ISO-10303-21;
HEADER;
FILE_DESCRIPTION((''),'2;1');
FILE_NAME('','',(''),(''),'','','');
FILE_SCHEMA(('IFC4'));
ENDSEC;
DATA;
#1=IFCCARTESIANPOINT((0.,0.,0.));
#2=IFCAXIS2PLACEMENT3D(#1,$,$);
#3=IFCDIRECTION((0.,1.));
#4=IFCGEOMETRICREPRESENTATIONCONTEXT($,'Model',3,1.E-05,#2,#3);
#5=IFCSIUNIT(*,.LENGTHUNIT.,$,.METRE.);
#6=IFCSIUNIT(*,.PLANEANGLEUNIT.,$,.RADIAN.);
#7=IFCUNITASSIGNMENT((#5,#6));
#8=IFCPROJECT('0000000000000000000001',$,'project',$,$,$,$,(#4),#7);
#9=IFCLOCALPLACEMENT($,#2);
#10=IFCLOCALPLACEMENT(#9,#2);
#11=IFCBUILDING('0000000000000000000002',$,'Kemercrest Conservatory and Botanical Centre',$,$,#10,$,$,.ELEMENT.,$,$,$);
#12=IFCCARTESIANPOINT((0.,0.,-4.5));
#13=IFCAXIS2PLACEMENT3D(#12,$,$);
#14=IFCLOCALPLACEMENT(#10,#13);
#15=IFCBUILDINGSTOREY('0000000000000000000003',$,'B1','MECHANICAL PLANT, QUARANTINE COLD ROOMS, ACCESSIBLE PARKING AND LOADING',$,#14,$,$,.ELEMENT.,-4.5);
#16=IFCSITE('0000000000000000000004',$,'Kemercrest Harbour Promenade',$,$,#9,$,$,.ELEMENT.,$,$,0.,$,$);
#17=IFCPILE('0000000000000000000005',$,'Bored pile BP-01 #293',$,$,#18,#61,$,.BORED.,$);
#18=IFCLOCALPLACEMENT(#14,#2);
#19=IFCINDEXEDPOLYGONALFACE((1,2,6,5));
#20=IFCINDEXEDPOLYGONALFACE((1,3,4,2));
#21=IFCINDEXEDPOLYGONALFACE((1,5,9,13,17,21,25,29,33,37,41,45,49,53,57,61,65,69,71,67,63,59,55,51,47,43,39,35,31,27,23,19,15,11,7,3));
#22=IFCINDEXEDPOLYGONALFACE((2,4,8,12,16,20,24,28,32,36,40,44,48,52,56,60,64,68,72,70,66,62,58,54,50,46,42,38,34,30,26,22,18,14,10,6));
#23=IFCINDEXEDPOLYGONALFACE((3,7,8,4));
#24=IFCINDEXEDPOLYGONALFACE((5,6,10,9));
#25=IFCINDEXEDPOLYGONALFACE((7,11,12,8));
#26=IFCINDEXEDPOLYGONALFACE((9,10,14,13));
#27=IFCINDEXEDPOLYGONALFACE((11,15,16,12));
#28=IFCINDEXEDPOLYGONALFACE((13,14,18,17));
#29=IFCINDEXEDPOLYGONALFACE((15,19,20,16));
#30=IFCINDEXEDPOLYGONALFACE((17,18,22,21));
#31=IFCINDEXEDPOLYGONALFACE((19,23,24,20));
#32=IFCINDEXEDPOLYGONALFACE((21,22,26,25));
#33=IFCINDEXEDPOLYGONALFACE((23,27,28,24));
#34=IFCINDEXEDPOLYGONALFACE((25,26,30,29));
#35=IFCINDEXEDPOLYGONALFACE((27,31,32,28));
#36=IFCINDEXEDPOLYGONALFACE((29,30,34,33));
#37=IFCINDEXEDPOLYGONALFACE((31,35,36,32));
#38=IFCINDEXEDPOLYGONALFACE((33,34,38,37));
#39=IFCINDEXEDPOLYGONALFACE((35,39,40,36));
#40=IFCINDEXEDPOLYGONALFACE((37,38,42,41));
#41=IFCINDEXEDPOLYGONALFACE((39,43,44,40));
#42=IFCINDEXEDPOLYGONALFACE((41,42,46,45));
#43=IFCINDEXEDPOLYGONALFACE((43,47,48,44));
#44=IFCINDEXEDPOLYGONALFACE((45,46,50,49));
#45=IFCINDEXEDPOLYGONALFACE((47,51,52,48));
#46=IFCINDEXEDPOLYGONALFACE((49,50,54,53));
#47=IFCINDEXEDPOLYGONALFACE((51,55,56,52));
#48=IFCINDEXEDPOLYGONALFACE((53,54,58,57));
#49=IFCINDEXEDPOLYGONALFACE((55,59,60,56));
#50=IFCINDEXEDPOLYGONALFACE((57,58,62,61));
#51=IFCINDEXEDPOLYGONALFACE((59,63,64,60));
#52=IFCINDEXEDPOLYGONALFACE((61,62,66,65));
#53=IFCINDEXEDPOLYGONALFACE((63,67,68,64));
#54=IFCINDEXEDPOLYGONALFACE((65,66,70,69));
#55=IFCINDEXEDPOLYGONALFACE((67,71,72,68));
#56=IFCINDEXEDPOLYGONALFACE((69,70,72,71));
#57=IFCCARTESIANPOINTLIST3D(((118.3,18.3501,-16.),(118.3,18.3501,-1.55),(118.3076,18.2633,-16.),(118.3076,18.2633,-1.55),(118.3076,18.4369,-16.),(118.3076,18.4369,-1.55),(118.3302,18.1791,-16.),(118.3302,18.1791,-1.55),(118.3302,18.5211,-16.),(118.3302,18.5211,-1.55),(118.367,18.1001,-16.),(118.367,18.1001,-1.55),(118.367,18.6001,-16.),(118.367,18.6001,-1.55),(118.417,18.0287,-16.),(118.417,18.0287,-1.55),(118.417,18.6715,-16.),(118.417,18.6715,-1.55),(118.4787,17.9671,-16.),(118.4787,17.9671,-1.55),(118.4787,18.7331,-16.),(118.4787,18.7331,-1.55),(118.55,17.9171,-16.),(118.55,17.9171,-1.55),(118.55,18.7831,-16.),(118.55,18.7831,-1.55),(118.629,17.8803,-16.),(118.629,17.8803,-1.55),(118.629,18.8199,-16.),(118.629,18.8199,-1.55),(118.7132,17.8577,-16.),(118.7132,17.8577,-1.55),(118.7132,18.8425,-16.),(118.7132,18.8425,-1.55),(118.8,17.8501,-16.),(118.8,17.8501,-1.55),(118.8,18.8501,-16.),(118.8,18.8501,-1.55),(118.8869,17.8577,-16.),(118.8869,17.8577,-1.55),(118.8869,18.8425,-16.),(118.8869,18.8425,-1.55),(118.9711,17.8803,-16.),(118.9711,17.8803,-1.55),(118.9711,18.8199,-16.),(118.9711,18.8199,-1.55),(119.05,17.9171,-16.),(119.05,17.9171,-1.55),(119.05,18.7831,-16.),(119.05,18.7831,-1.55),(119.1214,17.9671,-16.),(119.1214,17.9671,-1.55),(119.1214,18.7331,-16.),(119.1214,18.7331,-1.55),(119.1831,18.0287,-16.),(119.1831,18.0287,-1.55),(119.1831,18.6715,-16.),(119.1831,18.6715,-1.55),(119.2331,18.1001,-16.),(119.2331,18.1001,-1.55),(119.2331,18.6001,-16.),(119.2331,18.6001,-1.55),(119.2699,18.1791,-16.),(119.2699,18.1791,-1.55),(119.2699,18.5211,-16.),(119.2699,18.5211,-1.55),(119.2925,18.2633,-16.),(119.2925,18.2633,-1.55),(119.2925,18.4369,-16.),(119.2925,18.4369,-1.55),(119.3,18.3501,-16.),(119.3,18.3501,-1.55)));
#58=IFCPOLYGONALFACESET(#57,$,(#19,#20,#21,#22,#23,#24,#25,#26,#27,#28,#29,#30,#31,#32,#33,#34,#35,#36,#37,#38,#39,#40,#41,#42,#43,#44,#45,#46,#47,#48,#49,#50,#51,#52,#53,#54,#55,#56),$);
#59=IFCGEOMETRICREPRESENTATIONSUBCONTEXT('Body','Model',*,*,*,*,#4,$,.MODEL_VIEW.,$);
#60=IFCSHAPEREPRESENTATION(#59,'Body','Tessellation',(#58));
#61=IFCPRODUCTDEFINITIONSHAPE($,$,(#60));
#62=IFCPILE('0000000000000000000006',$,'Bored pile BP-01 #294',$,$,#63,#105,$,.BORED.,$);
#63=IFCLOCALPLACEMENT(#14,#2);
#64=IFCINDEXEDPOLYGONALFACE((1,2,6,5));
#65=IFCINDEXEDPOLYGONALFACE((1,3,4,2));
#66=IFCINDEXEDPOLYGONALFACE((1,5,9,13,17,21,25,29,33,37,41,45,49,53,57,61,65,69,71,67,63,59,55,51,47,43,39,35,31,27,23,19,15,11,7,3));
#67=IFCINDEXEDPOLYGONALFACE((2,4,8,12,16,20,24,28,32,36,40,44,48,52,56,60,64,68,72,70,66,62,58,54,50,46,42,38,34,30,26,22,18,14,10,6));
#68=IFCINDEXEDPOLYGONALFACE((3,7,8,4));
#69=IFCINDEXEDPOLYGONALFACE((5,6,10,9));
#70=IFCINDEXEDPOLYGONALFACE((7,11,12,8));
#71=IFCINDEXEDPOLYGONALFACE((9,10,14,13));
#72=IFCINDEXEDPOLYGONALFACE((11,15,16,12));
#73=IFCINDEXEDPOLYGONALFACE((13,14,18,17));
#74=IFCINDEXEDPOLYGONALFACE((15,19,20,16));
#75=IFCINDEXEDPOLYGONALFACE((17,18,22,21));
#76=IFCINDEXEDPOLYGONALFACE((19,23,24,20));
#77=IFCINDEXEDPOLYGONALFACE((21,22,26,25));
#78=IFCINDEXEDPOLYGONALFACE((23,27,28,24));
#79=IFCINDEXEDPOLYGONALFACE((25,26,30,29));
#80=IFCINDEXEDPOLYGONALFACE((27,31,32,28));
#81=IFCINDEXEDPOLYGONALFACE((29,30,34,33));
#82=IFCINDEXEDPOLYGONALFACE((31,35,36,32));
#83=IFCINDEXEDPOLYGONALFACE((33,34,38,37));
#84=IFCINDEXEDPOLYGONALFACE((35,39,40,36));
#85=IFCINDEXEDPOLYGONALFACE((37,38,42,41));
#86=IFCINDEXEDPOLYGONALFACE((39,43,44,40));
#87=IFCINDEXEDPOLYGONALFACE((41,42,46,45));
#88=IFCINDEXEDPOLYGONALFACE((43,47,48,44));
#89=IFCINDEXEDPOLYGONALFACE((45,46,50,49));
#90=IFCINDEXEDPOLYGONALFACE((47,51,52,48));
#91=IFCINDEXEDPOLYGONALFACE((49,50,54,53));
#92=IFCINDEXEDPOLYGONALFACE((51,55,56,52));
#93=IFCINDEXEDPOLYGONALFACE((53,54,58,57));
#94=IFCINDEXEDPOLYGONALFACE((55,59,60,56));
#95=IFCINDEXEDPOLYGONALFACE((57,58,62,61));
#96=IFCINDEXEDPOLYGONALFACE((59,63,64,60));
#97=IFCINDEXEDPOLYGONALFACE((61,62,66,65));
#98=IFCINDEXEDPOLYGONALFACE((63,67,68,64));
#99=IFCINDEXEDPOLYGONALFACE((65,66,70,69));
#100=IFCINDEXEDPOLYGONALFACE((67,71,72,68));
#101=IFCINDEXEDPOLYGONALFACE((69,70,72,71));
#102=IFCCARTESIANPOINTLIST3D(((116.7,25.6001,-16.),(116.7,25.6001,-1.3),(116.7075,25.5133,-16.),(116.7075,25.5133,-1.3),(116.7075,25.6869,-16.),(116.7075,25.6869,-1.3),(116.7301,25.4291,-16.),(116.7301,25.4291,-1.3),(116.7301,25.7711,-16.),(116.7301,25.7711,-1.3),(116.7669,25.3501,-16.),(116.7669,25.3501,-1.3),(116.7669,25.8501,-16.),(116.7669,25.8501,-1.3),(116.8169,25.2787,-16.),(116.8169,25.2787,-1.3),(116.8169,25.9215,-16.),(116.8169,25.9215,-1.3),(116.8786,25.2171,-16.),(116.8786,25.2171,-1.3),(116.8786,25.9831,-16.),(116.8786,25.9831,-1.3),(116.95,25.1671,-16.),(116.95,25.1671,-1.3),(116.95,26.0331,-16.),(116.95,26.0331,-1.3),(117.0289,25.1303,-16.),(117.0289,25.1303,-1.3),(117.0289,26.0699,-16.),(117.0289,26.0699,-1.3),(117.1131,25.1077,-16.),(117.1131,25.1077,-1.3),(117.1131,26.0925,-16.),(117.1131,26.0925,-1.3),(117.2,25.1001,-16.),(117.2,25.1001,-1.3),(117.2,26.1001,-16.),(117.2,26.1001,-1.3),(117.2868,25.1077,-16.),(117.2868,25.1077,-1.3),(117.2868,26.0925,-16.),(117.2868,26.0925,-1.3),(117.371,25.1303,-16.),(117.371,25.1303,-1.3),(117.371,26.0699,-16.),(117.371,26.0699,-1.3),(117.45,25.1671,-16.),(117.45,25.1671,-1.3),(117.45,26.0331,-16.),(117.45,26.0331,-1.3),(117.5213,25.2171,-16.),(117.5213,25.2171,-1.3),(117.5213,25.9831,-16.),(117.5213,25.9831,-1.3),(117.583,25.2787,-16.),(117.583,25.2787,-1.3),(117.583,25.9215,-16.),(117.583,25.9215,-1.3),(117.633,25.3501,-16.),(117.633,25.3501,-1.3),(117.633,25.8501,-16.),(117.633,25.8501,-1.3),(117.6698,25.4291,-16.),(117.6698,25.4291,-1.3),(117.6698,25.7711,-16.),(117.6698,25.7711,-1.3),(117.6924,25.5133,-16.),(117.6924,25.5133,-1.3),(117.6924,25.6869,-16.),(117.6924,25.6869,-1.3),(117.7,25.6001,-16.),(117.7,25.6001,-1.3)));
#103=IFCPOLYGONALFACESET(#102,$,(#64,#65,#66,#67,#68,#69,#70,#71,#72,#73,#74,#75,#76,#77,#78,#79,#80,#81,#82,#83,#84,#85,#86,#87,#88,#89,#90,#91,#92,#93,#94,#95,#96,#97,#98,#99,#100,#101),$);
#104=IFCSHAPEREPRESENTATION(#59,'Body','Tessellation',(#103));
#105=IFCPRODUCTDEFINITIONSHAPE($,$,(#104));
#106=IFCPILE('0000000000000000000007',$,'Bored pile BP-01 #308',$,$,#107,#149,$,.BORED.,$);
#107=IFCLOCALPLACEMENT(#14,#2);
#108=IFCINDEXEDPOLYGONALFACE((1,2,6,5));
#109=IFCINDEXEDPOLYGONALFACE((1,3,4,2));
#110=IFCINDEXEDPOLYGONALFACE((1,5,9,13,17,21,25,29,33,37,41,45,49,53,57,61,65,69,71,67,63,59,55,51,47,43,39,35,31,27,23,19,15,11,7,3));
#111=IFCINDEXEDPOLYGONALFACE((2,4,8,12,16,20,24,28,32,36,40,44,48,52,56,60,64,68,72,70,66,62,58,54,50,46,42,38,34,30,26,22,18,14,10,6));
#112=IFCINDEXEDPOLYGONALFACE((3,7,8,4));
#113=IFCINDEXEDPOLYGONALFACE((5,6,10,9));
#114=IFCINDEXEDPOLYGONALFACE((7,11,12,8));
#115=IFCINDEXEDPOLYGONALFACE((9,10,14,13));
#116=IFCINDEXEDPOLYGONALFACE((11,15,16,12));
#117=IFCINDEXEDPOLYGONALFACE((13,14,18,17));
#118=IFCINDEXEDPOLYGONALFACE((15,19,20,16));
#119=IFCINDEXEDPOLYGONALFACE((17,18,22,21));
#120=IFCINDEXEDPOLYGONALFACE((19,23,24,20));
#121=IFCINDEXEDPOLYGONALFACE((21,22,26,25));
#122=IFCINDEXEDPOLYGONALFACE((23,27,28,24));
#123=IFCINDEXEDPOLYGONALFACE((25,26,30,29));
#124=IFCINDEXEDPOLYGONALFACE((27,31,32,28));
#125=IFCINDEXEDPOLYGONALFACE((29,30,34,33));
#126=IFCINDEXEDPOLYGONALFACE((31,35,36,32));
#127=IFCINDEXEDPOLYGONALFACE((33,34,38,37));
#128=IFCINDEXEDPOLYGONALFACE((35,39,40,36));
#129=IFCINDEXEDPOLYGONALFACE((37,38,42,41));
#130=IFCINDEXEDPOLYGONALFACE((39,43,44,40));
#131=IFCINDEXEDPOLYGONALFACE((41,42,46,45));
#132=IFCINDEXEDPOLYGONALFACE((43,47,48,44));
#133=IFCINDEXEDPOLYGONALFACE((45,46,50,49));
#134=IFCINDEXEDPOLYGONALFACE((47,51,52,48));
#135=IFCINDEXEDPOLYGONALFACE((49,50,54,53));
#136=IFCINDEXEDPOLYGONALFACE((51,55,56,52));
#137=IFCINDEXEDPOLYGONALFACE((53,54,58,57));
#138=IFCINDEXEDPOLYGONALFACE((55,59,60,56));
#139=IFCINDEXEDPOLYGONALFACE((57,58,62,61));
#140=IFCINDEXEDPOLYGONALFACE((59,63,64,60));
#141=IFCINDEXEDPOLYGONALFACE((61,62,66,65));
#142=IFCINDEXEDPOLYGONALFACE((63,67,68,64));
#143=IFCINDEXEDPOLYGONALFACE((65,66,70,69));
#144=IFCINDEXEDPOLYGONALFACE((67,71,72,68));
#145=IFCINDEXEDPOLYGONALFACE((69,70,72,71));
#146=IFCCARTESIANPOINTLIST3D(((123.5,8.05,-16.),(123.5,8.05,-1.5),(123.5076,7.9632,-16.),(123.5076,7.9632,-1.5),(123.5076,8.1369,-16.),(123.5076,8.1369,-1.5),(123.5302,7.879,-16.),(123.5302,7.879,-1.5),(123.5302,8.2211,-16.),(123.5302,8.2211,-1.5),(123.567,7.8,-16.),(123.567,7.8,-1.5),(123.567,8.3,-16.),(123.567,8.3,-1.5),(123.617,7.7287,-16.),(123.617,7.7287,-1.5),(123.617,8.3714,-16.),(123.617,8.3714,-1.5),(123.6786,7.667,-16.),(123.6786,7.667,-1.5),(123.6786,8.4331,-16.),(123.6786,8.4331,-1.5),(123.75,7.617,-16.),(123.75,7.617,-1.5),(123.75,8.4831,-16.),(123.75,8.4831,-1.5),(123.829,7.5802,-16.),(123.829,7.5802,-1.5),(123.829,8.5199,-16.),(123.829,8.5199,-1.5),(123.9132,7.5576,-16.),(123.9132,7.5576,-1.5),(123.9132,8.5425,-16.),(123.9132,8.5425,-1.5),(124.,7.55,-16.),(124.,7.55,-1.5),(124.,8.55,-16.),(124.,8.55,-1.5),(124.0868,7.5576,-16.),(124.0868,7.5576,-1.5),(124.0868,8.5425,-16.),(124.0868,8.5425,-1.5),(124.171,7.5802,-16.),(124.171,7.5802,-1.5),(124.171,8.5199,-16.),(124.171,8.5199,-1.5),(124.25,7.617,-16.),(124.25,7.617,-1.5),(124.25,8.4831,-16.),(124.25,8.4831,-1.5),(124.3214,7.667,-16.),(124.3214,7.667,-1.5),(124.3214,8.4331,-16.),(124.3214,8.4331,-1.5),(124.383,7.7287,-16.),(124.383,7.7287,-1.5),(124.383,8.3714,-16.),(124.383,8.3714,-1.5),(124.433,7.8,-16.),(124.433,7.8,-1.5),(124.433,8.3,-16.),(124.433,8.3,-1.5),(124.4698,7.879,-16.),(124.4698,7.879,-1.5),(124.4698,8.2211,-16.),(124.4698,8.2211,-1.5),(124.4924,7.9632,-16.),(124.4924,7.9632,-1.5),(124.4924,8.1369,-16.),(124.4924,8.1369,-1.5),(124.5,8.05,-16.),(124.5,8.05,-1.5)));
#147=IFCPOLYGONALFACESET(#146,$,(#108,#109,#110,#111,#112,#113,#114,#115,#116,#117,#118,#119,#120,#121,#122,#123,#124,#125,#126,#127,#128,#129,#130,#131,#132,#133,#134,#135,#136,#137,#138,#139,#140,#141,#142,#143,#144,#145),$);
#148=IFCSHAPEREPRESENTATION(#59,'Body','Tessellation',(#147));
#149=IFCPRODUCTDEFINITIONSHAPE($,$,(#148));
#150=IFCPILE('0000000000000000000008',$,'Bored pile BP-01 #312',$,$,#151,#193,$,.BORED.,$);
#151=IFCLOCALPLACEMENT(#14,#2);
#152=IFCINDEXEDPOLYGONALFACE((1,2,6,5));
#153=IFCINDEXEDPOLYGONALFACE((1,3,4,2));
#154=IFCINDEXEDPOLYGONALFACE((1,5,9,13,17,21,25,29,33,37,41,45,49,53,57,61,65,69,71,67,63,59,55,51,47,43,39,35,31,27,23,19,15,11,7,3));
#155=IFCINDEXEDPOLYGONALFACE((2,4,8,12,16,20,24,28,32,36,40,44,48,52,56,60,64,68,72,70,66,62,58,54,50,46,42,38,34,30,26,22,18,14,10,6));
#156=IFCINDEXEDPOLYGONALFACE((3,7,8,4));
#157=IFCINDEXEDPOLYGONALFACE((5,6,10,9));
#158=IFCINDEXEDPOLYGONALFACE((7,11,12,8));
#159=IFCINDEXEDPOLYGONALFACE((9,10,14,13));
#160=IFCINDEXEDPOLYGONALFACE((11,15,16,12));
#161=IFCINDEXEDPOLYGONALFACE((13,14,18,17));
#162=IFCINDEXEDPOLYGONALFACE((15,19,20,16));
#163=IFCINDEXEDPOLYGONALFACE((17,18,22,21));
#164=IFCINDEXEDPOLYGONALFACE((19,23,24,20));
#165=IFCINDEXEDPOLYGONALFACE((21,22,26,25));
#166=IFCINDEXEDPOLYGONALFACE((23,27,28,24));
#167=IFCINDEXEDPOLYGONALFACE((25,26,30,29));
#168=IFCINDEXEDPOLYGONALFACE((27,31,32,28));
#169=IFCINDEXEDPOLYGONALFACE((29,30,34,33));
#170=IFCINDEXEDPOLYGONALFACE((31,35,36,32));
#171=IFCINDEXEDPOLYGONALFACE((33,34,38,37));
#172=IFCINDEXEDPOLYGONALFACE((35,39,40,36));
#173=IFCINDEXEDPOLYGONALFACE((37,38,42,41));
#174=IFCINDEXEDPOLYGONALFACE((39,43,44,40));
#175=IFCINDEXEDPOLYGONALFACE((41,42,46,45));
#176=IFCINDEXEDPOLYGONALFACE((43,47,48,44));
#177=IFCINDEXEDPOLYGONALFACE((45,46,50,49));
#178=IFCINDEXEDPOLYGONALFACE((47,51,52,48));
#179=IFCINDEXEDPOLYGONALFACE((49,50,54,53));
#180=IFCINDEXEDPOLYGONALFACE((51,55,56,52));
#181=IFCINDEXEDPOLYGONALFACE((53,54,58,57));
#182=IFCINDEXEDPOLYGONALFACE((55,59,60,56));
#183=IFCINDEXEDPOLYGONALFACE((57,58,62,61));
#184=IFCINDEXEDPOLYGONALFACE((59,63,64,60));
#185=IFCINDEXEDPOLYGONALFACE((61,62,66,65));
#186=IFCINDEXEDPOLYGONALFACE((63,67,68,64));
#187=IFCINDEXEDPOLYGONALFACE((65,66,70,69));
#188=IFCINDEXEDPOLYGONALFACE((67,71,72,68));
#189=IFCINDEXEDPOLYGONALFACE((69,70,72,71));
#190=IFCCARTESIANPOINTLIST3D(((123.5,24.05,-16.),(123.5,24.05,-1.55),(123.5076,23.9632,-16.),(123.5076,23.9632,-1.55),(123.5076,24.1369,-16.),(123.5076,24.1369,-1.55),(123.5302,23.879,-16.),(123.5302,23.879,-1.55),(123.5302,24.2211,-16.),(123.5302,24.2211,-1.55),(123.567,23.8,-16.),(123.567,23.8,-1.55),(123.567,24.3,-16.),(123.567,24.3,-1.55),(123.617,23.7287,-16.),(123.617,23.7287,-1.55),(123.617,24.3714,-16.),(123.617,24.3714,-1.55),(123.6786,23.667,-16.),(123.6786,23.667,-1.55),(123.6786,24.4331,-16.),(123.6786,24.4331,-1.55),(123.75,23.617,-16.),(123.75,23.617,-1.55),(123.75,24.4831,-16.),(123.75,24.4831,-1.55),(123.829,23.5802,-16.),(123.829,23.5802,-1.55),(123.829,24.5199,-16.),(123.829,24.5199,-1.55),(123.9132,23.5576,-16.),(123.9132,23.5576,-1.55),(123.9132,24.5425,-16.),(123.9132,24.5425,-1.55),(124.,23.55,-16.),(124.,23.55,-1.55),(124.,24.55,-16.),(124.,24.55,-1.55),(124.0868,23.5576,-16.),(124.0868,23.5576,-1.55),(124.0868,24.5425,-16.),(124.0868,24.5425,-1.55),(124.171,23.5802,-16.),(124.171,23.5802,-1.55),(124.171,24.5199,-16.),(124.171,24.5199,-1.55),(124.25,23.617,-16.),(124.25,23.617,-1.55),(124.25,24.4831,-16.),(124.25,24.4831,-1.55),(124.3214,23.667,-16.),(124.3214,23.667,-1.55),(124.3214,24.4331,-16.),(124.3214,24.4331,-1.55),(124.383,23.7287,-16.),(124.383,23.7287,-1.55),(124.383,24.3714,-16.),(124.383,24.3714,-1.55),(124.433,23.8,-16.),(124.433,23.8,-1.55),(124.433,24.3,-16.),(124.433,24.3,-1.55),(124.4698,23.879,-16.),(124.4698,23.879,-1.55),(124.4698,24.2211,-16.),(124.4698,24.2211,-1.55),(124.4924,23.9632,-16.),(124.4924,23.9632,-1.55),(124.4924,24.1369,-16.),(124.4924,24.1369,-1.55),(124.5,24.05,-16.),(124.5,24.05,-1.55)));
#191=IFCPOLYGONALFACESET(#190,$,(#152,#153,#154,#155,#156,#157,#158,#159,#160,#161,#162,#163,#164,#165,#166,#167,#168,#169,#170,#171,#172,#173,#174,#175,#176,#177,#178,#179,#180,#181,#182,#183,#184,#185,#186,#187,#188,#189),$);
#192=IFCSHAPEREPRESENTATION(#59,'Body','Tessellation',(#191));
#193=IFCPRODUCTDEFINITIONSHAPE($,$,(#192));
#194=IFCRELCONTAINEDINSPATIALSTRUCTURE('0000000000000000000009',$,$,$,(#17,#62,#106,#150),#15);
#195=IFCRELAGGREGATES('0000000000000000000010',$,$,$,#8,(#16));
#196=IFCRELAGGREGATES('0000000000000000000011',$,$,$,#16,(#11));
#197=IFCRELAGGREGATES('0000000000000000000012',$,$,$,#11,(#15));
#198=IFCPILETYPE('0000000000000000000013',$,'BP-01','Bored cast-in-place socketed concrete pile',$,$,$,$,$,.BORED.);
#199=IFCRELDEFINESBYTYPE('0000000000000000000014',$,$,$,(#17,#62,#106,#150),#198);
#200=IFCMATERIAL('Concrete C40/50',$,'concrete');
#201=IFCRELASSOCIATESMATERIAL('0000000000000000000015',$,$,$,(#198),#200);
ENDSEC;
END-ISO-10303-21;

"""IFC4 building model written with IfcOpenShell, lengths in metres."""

from ifc_helpers import new_model, si_unit, direction, frame, origin, origin_2d, place, context, subcontext, project, spatial, circle, extrude, material, material_profile, profile_set, type_object, element, save


model = new_model("IFC4")

# Units and contexts
model_context = context("Model", 3, precision=1e-05, world=origin(), true_north=direction((0.0, 1.0)))
body_context = subcontext(model_context, "Body", "Model", "MODEL_VIEW")
ifc_project = project(units=[si_unit("LENGTHUNIT", "METRE"), si_unit("PLANEANGLEUNIT", "RADIAN")], contexts=[model_context])

# Site, building, storey
site_placement = place(None, origin())
site = spatial("IfcSite", under=ifc_project, at=site_placement, Name="Kemercrest Harbour Promenade", CompositionType="ELEMENT", RefElevation=0.0)
building_placement = place(site_placement, origin())
building = spatial("IfcBuilding", under=site, at=building_placement, Name="Kemercrest Conservatory and Botanical Centre", CompositionType="ELEMENT")
storey_placement = place(building_placement, frame((0.0, 0.0, -4.5)))
storey = spatial("IfcBuildingStorey", under=building, at=storey_placement, Name="B1", Description="MECHANICAL PLANT, QUARANTINE COLD ROOMS, ACCESSIBLE PARKING AND LOADING", CompositionType="ELEMENT", Elevation=-4.5)

# Piles
ifc_material_1 = material(Name="Concrete C40/50", Category="concrete")
ifc_material_profile_1 = material_profile(ifc_material_1, circle(Radius=0.5, at=origin_2d()), Name="BORED PILE 1000")
ifc_profile_set_1 = profile_set([ifc_material_profile_1], Name="Concrete C40/50")
pile_type_1 = type_object("IfcPileType", Name="BP-01", Description="Bored cast-in-place socketed concrete pile", PredefinedType="BORED", material=ifc_profile_set_1)
pile_1_placement = place(storey_placement, frame((118.8, 18.3501, -1.55), z_axis=(0.0, 0.0, -1.0), x_axis=(1.0, 0.0, 0.0)))
element("IfcPile", 1, at=pile_1_placement, inside=storey, type_object=pile_type_1, Name="Bored pile BP-01 #293", PredefinedType="BORED", context=body_context, shape_type="SweptSolid", body=[
    extrude(circle(Radius=0.5, at=origin_2d()), origin(), (0.0, 0.0, 1.0), 14.45),
])
pile_2_placement = place(storey_placement, frame((117.2, 25.6001, -1.3), z_axis=(0.0, 0.0, -1.0), x_axis=(1.0, 0.0, 0.0)))
element("IfcPile", 2, at=pile_2_placement, inside=storey, type_object=pile_type_1, Name="Bored pile BP-01 #294", PredefinedType="BORED", context=body_context, shape_type="SweptSolid", body=[
    extrude(circle(Radius=0.5, at=origin_2d()), origin(), (0.0, 0.0, 1.0), 14.7),
])
pile_3_placement = place(storey_placement, frame((124.0, 8.05, -1.5), z_axis=(0.0, 0.0, -1.0), x_axis=(1.0, 0.0, 0.0)))
element("IfcPile", 3, at=pile_3_placement, inside=storey, type_object=pile_type_1, Name="Bored pile BP-01 #308", PredefinedType="BORED", context=body_context, shape_type="SweptSolid", body=[
    extrude(circle(Radius=0.5, at=origin_2d()), origin(), (0.0, 0.0, 1.0), 14.5),
])
pile_4_placement = place(storey_placement, frame((124.0, 24.05, -1.55), z_axis=(0.0, 0.0, -1.0), x_axis=(1.0, 0.0, 0.0)))
element("IfcPile", 4, at=pile_4_placement, inside=storey, type_object=pile_type_1, Name="Bored pile BP-01 #312", PredefinedType="BORED", context=body_context, shape_type="SweptSolid", body=[
    extrude(circle(Radius=0.5, at=origin_2d()), origin(), (0.0, 0.0, 1.0), 14.45),
])

save(model, "model.ifc")
